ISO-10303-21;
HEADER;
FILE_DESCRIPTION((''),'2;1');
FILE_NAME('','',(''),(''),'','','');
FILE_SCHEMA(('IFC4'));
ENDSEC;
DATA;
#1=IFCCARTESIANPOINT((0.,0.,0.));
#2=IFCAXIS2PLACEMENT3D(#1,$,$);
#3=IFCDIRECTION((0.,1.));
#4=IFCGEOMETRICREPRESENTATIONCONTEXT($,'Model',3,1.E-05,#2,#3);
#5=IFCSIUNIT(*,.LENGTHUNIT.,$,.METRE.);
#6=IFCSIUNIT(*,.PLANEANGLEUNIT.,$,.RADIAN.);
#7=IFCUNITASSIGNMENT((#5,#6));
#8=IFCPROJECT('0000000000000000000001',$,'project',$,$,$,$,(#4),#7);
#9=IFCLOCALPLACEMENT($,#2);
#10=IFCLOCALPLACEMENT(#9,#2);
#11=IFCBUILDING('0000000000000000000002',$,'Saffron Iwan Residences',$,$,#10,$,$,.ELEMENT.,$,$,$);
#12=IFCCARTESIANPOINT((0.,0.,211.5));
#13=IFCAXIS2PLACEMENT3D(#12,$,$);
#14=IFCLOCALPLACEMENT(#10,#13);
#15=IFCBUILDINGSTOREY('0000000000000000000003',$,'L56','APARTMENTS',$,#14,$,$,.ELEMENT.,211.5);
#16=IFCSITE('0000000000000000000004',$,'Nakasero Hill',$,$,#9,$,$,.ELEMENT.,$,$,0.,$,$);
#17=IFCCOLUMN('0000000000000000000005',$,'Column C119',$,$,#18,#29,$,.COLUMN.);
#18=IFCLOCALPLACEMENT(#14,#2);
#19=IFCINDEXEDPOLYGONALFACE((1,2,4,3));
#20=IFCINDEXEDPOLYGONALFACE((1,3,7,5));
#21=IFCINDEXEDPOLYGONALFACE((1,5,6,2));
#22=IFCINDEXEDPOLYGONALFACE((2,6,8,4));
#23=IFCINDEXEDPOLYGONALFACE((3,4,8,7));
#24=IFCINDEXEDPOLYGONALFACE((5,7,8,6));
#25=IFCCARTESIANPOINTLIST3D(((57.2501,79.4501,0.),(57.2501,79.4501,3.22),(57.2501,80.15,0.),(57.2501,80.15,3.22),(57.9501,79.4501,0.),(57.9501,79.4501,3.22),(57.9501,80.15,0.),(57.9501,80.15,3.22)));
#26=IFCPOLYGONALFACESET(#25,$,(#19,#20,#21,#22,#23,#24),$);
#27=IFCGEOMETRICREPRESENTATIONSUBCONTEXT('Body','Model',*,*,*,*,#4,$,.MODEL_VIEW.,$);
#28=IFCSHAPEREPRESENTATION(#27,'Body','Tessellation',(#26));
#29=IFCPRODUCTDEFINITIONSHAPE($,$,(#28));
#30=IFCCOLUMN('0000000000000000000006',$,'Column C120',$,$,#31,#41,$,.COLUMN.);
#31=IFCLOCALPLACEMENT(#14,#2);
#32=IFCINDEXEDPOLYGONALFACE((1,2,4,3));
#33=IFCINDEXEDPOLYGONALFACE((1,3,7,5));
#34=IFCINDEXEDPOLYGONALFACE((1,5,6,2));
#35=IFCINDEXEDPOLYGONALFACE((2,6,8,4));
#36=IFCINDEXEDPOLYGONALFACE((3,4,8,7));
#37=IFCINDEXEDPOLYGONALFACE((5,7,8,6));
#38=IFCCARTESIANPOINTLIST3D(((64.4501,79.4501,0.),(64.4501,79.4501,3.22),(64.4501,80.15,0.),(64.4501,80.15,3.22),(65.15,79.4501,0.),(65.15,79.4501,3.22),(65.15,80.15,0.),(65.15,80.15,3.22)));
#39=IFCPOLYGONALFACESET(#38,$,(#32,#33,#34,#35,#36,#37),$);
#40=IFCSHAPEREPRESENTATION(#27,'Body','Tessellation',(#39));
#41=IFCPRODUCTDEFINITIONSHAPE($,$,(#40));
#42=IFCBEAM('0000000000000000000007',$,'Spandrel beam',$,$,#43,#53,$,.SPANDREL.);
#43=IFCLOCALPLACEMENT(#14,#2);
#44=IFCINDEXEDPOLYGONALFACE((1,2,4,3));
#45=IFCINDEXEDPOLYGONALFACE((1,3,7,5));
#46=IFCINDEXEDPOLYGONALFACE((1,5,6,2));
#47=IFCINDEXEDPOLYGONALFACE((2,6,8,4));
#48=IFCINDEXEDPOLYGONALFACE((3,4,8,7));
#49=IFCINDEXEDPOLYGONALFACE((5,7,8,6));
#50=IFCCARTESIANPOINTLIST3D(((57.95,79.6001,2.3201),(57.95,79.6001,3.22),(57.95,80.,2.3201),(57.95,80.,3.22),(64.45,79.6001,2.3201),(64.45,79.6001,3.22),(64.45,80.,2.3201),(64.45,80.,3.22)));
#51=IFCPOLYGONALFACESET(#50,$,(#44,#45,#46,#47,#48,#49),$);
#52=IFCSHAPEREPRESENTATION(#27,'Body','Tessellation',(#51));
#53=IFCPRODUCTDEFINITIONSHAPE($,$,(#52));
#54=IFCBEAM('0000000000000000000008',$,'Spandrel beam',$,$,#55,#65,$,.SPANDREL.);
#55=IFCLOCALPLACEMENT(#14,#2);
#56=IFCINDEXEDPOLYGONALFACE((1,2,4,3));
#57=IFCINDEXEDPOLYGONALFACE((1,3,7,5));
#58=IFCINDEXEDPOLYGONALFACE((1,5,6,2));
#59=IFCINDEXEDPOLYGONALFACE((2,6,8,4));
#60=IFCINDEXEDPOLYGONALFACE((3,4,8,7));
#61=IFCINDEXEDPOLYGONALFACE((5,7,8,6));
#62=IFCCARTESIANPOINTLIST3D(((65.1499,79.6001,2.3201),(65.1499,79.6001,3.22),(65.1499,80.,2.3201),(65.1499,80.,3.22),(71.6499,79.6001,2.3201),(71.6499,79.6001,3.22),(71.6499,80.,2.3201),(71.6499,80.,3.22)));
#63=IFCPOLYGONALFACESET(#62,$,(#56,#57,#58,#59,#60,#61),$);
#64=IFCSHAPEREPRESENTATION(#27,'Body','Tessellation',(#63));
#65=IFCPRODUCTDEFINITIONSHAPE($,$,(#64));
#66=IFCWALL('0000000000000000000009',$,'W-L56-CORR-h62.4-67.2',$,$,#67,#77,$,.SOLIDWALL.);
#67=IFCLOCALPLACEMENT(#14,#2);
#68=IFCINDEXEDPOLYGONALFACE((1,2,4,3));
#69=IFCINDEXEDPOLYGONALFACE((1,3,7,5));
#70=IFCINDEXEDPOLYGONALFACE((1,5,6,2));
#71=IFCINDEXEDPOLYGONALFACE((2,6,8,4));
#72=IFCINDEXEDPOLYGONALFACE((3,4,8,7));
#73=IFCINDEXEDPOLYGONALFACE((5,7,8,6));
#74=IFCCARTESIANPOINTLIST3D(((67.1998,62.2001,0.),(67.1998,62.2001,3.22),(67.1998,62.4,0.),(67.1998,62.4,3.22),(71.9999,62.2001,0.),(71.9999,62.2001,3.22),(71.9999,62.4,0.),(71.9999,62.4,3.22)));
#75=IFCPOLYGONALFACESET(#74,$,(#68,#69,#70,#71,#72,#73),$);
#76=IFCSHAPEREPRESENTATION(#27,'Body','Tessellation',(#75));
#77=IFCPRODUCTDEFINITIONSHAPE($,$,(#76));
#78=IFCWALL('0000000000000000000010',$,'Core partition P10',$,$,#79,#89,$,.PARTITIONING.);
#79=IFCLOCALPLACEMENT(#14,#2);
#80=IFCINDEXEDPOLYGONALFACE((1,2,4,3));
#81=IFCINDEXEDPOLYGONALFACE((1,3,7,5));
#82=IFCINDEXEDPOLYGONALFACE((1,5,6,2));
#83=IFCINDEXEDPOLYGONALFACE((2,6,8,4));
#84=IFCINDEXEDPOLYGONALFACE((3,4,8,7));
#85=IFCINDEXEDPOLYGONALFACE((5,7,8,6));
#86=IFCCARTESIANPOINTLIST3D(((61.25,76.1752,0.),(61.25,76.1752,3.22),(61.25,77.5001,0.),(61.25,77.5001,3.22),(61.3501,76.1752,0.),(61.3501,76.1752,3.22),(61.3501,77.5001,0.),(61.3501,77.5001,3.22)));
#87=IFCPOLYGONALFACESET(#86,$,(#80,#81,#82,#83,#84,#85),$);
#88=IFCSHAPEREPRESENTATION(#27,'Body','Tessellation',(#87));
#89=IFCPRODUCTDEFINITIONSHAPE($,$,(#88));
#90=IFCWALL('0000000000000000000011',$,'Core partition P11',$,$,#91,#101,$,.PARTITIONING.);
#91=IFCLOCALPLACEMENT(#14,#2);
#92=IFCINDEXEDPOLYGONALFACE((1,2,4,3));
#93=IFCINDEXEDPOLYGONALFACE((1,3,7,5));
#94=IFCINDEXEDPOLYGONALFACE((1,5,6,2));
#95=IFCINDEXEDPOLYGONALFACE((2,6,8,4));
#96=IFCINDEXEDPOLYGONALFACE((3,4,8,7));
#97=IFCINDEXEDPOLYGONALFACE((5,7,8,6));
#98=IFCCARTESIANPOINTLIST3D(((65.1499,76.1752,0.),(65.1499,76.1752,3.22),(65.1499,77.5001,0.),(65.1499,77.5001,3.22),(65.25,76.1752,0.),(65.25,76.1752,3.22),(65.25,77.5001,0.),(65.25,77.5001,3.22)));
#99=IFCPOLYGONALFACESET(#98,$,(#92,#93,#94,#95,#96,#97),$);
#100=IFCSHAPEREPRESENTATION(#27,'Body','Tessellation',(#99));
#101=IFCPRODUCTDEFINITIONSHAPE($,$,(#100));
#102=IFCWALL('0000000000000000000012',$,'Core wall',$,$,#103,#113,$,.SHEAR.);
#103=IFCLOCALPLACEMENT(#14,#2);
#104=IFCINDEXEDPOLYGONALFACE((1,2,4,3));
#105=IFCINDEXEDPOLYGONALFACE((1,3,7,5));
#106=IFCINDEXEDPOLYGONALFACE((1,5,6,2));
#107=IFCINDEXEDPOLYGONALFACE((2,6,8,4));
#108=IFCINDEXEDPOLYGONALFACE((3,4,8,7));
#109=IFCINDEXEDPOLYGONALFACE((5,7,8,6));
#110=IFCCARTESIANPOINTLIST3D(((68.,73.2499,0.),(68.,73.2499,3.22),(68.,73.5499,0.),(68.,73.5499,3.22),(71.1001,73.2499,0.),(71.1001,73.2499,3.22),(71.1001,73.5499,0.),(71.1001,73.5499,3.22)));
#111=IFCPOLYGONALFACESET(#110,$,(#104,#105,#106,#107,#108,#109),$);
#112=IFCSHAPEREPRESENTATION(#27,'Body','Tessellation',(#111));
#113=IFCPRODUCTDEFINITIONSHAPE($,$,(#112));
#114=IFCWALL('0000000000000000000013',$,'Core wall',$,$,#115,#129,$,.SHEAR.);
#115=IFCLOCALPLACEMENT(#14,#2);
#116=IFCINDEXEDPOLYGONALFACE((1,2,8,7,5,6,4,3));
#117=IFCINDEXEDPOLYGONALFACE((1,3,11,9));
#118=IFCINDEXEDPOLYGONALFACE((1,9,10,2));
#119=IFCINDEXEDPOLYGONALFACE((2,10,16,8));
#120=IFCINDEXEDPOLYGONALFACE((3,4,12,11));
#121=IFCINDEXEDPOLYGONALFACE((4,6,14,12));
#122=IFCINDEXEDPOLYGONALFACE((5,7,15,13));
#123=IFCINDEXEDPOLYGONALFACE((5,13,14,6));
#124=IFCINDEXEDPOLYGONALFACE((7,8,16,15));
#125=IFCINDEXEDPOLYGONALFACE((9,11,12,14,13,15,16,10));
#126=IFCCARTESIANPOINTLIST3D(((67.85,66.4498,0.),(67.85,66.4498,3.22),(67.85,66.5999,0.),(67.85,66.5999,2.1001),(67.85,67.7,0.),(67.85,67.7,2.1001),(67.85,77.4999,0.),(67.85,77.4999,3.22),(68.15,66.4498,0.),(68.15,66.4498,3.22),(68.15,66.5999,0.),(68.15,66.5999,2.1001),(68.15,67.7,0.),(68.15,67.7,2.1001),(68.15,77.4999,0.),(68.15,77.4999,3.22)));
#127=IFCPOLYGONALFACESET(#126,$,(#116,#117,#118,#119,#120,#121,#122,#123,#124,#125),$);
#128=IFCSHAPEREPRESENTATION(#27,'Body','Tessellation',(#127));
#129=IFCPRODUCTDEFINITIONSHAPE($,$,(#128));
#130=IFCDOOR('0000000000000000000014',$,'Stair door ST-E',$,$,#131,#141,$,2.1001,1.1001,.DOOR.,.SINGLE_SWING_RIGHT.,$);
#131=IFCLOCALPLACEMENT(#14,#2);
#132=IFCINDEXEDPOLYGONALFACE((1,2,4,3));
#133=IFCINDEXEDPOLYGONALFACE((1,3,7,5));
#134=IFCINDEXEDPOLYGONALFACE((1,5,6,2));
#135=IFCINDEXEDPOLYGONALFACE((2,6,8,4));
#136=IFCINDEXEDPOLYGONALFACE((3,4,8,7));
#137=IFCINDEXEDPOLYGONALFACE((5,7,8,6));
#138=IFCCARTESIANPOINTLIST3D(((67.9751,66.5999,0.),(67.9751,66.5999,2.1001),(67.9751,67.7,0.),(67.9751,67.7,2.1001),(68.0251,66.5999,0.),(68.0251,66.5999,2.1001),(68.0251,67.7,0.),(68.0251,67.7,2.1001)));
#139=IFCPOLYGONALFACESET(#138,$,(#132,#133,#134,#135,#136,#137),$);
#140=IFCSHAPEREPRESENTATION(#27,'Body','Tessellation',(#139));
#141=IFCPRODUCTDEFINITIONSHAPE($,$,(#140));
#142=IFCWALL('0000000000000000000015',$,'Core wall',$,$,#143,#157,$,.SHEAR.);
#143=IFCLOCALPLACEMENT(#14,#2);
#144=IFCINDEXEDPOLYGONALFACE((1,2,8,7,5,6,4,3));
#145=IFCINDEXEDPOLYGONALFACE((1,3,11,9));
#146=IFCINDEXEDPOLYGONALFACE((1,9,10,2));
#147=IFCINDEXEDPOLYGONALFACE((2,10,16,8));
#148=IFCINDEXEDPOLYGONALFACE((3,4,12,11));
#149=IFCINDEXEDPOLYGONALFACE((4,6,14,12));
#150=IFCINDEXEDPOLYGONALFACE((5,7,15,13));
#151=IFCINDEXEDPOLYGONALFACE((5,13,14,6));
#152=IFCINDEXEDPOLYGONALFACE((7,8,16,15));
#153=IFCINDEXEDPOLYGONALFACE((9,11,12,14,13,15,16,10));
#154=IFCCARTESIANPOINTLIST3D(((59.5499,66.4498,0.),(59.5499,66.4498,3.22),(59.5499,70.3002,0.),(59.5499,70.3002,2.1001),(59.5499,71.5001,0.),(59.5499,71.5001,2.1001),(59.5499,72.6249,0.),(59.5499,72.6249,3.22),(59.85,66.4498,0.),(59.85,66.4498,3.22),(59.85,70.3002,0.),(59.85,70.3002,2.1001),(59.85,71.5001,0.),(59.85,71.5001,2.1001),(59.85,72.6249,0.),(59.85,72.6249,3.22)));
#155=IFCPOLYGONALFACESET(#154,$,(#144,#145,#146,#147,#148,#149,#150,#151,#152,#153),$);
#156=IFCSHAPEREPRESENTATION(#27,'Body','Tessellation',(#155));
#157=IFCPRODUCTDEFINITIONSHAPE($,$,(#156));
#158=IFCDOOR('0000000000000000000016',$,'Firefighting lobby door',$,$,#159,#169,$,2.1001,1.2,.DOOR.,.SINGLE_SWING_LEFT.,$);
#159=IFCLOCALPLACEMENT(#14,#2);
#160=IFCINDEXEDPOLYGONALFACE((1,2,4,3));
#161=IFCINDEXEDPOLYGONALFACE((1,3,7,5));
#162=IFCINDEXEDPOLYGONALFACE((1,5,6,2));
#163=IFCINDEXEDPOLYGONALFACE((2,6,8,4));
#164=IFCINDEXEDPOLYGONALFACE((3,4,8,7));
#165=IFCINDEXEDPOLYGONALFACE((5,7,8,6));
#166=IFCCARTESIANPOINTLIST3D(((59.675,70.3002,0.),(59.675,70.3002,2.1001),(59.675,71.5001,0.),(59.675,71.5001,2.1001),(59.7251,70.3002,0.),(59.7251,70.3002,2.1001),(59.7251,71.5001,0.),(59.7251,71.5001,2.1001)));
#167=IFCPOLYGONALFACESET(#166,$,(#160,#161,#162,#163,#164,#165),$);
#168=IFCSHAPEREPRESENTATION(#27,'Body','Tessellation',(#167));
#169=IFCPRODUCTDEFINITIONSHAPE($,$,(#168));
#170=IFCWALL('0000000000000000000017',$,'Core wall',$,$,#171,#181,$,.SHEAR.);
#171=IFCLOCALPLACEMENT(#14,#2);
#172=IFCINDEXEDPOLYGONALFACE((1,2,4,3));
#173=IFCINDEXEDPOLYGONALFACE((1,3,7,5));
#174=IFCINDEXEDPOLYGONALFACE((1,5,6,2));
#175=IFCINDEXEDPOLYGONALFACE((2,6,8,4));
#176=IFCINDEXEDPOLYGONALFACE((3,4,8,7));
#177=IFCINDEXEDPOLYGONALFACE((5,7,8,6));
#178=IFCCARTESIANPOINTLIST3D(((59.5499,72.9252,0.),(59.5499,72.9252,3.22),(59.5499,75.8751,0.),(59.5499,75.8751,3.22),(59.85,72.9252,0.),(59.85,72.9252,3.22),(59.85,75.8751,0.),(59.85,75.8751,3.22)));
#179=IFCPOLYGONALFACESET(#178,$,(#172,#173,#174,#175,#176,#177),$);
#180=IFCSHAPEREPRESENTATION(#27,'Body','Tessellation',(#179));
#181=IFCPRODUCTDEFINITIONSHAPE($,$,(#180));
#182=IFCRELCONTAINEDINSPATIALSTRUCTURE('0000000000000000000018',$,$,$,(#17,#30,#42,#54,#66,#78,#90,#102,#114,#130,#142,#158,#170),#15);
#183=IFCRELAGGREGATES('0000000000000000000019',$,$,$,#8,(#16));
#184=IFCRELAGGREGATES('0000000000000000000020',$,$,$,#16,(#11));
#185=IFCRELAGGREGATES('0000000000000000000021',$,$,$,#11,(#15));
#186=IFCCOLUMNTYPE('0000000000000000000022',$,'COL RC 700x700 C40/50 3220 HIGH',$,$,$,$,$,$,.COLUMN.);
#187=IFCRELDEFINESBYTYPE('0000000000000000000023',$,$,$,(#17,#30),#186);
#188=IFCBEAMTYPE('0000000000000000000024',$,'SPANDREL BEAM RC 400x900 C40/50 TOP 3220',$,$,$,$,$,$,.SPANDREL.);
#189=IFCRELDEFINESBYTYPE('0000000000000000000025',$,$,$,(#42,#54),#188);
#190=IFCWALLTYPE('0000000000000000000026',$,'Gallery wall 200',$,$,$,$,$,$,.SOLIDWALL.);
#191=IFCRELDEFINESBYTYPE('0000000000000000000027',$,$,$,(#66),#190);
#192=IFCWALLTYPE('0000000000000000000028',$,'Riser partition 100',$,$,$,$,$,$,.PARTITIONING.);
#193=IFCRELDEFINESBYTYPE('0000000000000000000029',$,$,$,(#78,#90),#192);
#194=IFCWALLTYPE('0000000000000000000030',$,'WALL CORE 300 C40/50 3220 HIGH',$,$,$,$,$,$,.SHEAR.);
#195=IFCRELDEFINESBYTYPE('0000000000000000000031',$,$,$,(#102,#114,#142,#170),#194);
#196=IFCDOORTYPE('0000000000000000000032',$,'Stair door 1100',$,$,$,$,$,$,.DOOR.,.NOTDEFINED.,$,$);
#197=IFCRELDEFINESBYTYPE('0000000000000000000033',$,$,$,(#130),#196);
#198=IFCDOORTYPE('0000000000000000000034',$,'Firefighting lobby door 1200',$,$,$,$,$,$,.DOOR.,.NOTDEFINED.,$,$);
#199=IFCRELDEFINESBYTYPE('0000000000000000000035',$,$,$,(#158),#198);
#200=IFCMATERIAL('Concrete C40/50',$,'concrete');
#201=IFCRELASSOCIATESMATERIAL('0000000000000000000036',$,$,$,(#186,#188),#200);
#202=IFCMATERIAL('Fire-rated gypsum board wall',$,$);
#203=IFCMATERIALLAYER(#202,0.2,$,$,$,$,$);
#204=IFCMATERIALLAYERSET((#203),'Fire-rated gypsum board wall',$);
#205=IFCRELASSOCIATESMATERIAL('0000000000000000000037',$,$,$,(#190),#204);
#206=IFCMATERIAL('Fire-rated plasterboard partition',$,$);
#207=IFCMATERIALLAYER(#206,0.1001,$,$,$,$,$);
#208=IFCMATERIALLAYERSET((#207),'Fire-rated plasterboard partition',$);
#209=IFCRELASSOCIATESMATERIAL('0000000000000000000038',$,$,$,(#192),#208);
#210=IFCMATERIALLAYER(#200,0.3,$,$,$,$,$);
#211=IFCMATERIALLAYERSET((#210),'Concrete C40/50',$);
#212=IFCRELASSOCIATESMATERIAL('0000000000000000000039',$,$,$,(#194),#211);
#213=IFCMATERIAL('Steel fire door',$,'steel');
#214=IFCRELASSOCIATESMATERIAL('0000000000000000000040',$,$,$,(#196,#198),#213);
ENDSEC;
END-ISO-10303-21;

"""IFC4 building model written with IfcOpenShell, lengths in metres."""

from ifc_helpers import new_model, si_unit, direction, frame, frame_2d, origin, origin_2d, place, context, subcontext, project, spatial, rectangle, extrude, source, transform, mapped, material, layer, layer_set, material_profile, profile_set, type_object, element, fill, save


model = new_model("IFC4")

# Units and contexts
model_context = context("Model", 3, precision=1e-05, world=origin(), true_north=direction((0.0, 1.0)))
body_context = subcontext(model_context, "Body", "Model", "MODEL_VIEW")
ifc_project = project(units=[si_unit("LENGTHUNIT", "METRE"), si_unit("PLANEANGLEUNIT", "RADIAN")], contexts=[model_context])

# Site, building, storey
site_placement = place(None, origin())
site = spatial("IfcSite", under=ifc_project, at=site_placement, Name="Nakasero Hill", CompositionType="ELEMENT", RefElevation=0.0)
building_placement = place(site_placement, origin())
building = spatial("IfcBuilding", under=site, at=building_placement, Name="Saffron Iwan Residences", CompositionType="ELEMENT")
storey_placement = place(building_placement, frame((0.0, 0.0, 211.5)))
storey = spatial("IfcBuildingStorey", under=building, at=storey_placement, Name="L56", Description="APARTMENTS", CompositionType="ELEMENT", Elevation=211.5)

# Columns
ifc_material_1 = material(Name="Concrete C40/50", Category="concrete")
ifc_material_profile_1 = material_profile(ifc_material_1, rectangle(XDim=0.7, YDim=0.7, at=origin_2d()), Name="RC 700x700")
ifc_profile_set_1 = profile_set([ifc_material_profile_1], Name="Concrete C40/50")
column_type = type_object("IfcColumnType", Name="COL RC 700x700 C40/50 3220 HIGH", PredefinedType="COLUMN", material=ifc_profile_set_1)
shared_shape_1 = source(origin(), body_context, "Body", "SweptSolid", [
    extrude(rectangle(XDim=0.7, YDim=0.7, at=origin_2d()), origin(), (0.0, 0.0, 1.0), 3.22),
])
for number, where, z_axis, x_axis, name in (
    (1, (57.6001, 79.8, 0.0), (0.0, 0.0, 1.0), (1.0, 0.0, 0.0), "Column C119"),
    (2, (64.8, 79.8, 0.0), (0.0, 0.0, 1.0), (1.0, 0.0, 0.0), "Column C120"),
):
    element("IfcColumn", number, at=place(storey_placement, frame(where, z_axis=z_axis, x_axis=x_axis)), inside=storey, type_object=column_type, Name=name, PredefinedType="COLUMN", context=body_context, shape_type="MappedRepresentation", body=[
        mapped(shared_shape_1, transform((0.0, 0.0, 0.0))),
    ])

# Beams
ifc_material_profile_2 = material_profile(ifc_material_1, rectangle(XDim=0.3999, YDim=0.8999, at=origin_2d()), Name="RC 400x900")
ifc_profile_set_2 = profile_set([ifc_material_profile_2], Name="Concrete C40/50")
beam_type = type_object("IfcBeamType", Name="SPANDREL BEAM RC 400x900 C40/50 TOP 3220", PredefinedType="SPANDREL", material=ifc_profile_set_2)
shared_shape_2 = source(origin(), body_context, "Body", "SweptSolid", [
    extrude(rectangle(XDim=0.3999, YDim=0.8999, at=origin_2d()), origin(), (0.0, 0.0, 1.0), 6.5),
])
for number, where, z_axis, x_axis, name in (
    (3, (57.95, 79.8, 2.77), (1.0, 0.0, 0.0), (0.0, 1.0, 0.0), "Spandrel beam"),
    (4, (65.1499, 79.8, 2.77), (1.0, 0.0, 0.0), (0.0, 1.0, 0.0), "Spandrel beam"),
):
    element("IfcBeam", number, at=place(storey_placement, frame(where, z_axis=z_axis, x_axis=x_axis)), inside=storey, type_object=beam_type, Name=name, PredefinedType="SPANDREL", context=body_context, shape_type="MappedRepresentation", body=[
        mapped(shared_shape_2, transform((0.0, 0.0, 0.0))),
    ])

# Walls
ifc_material_2 = material(Name="Fire-rated gypsum board wall")
ifc_layer_1 = layer(ifc_material_2, 0.2)
ifc_layer_set_1 = layer_set([ifc_layer_1], Name="Fire-rated gypsum board wall")
wall_type_1 = type_object("IfcWallType", Name="Gallery wall 200", PredefinedType="SOLIDWALL", material=ifc_layer_set_1)
wall_1_placement = place(storey_placement, frame((67.2, 62.3, 0.0), z_axis=(0.0, 0.0, 1.0), x_axis=(1.0, 0.0, 0.0)))
element("IfcWall", 5, at=wall_1_placement, inside=storey, type_object=wall_type_1, Name="W-L56-CORR-h62.4-67.2", PredefinedType="SOLIDWALL", context=body_context, shape_type="SweptSolid", body=[
    extrude(rectangle(XDim=4.8, YDim=0.2, at=frame_2d((2.3999, 0.0))), origin(), (0.0, 0.0, 1.0), 3.22),
])
ifc_material_3 = material(Name="Fire-rated plasterboard partition")
ifc_layer_2 = layer(ifc_material_3, 0.1001)
ifc_layer_set_2 = layer_set([ifc_layer_2], Name="Fire-rated plasterboard partition")
wall_type_2 = type_object("IfcWallType", Name="Riser partition 100", PredefinedType="PARTITIONING", material=ifc_layer_set_2)
for number, where, z_axis, x_axis, name in (
    (6, (61.3, 76.175, 0.0), (0.0, 0.0, 1.0), (0.0, 1.0, 0.0), "Core partition P10"),
    (7, (65.2, 76.175, 0.0), (0.0, 0.0, 1.0), (0.0, 1.0, 0.0), "Core partition P11"),
):
    element("IfcWall", number, at=place(storey_placement, frame(where, z_axis=z_axis, x_axis=x_axis)), inside=storey, type_object=wall_type_2, Name=name, PredefinedType="PARTITIONING", context=body_context, shape_type="SweptSolid", body=[
        extrude(rectangle(XDim=1.325, YDim=0.1001, at=frame_2d((0.6626, 0.0))), origin(), (0.0, 0.0, 1.0), 3.22),
    ])
ifc_layer_3 = layer(ifc_material_1, 0.3)
ifc_layer_set_3 = layer_set([ifc_layer_3], Name="Concrete C40/50")
wall_type_3 = type_object("IfcWallType", Name="WALL CORE 300 C40/50 3220 HIGH", PredefinedType="SHEAR", material=ifc_layer_set_3)
wall_2_placement = place(storey_placement, frame((68.0, 73.3999, 0.0), z_axis=(0.0, 0.0, 1.0), x_axis=(1.0, 0.0, 0.0)))
element("IfcWall", 8, at=wall_2_placement, inside=storey, type_object=wall_type_3, Name="Core wall", PredefinedType="SHEAR", context=body_context, shape_type="SweptSolid", body=[
    extrude(rectangle(XDim=3.1001, YDim=0.3, at=frame_2d((1.55, 0.0))), origin(), (0.0, 0.0, 1.0), 3.22),
])

# Walls, openings, doors
wall_3_placement = place(storey_placement, frame((68.0, 66.45, 0.0), z_axis=(0.0, 0.0, 1.0), x_axis=(0.0, 1.0, 0.0)))
wall_3 = element("IfcWall", 9, at=wall_3_placement, inside=storey, type_object=wall_type_3, Name="Core wall", PredefinedType="SHEAR", context=body_context, shape_type="SweptSolid", body=[
    extrude(rectangle(XDim=11.05, YDim=0.3, at=frame_2d((5.5249, 0.0))), origin(), (0.0, 0.0, 1.0), 3.22),
])
opening_1_placement = place(wall_3_placement, frame((0.1499, 0.0, 0.0)))
opening_1 = element("IfcOpeningElement", 10, at=opening_1_placement, cuts=wall_3, PredefinedType="OPENING", context=body_context, shape_type="SweptSolid", body=[
    extrude(rectangle(XDim=1.1001, YDim=2.1001, at=frame_2d((0.55, 1.05))), frame((0.0, 0.1602, 0.0), z_axis=(0.0, -1.0, 0.0), x_axis=(1.0, 0.0, 0.0)), (0.0, 0.0, 1.0), 0.3201),
])
ifc_material_4 = material(Name="Steel fire door", Category="steel")
door_type_1 = type_object("IfcDoorType", Name="Stair door 1100", OperationType="NOTDEFINED", PredefinedType="DOOR", material=ifc_material_4)
door_1_placement = place(opening_1_placement, origin())
door_1 = element("IfcDoor", 11, at=door_1_placement, inside=storey, type_object=door_type_1, Name="Stair door ST-E", OperationType="SINGLE_SWING_RIGHT", OverallHeight=2.1001, OverallWidth=1.1001, PredefinedType="DOOR", context=body_context, shape_type="SweptSolid", body=[
    extrude(rectangle(XDim=1.1001, YDim=2.1001, at=frame_2d((0.55, 1.05))), frame((0.0, 0.0249, 0.0), z_axis=(0.0, -1.0, 0.0), x_axis=(1.0, 0.0, 0.0)), (0.0, 0.0, 1.0), 0.05),
])
fill(opening_1, door_1)
wall_4_placement = place(storey_placement, frame((59.7, 66.45, 0.0), z_axis=(0.0, 0.0, 1.0), x_axis=(0.0, 1.0, 0.0)))
wall_4 = element("IfcWall", 12, at=wall_4_placement, inside=storey, type_object=wall_type_3, Name="Core wall", PredefinedType="SHEAR", context=body_context, shape_type="SweptSolid", body=[
    extrude(rectangle(XDim=6.175, YDim=0.3, at=frame_2d((3.0874, 0.0))), origin(), (0.0, 0.0, 1.0), 3.22),
])
opening_2_placement = place(wall_4_placement, frame((3.8501, 0.0, 0.0)))
opening_2 = element("IfcOpeningElement", 13, at=opening_2_placement, cuts=wall_4, PredefinedType="OPENING", context=body_context, shape_type="SweptSolid", body=[
    extrude(rectangle(XDim=1.2, YDim=2.1001, at=frame_2d((0.6001, 1.05))), frame((0.0, 0.1602, 0.0), z_axis=(0.0, -1.0, 0.0), x_axis=(1.0, 0.0, 0.0)), (0.0, 0.0, 1.0), 0.3201),
])
door_type_2 = type_object("IfcDoorType", Name="Firefighting lobby door 1200", OperationType="NOTDEFINED", PredefinedType="DOOR", material=ifc_material_4)
door_2_placement = place(opening_2_placement, origin())
door_2 = element("IfcDoor", 14, at=door_2_placement, inside=storey, type_object=door_type_2, Name="Firefighting lobby door", OperationType="SINGLE_SWING_LEFT", OverallHeight=2.1001, OverallWidth=1.2, PredefinedType="DOOR", context=body_context, shape_type="SweptSolid", body=[
    extrude(rectangle(XDim=1.2, YDim=2.1001, at=frame_2d((0.6001, 1.05))), frame((0.0, 0.0249, 0.0), z_axis=(0.0, -1.0, 0.0), x_axis=(1.0, 0.0, 0.0)), (0.0, 0.0, 1.0), 0.05),
])
fill(opening_2, door_2)

# Wall
wall_5_placement = place(storey_placement, frame((59.7, 72.925, 0.0), z_axis=(0.0, 0.0, 1.0), x_axis=(0.0, 1.0, 0.0)))
element("IfcWall", 15, at=wall_5_placement, inside=storey, type_object=wall_type_3, Name="Core wall", PredefinedType="SHEAR", context=body_context, shape_type="SweptSolid", body=[
    extrude(rectangle(XDim=2.95, YDim=0.3, at=frame_2d((1.4751, 0.0))), origin(), (0.0, 0.0, 1.0), 3.22),
])

save(model, "model.ifc")
